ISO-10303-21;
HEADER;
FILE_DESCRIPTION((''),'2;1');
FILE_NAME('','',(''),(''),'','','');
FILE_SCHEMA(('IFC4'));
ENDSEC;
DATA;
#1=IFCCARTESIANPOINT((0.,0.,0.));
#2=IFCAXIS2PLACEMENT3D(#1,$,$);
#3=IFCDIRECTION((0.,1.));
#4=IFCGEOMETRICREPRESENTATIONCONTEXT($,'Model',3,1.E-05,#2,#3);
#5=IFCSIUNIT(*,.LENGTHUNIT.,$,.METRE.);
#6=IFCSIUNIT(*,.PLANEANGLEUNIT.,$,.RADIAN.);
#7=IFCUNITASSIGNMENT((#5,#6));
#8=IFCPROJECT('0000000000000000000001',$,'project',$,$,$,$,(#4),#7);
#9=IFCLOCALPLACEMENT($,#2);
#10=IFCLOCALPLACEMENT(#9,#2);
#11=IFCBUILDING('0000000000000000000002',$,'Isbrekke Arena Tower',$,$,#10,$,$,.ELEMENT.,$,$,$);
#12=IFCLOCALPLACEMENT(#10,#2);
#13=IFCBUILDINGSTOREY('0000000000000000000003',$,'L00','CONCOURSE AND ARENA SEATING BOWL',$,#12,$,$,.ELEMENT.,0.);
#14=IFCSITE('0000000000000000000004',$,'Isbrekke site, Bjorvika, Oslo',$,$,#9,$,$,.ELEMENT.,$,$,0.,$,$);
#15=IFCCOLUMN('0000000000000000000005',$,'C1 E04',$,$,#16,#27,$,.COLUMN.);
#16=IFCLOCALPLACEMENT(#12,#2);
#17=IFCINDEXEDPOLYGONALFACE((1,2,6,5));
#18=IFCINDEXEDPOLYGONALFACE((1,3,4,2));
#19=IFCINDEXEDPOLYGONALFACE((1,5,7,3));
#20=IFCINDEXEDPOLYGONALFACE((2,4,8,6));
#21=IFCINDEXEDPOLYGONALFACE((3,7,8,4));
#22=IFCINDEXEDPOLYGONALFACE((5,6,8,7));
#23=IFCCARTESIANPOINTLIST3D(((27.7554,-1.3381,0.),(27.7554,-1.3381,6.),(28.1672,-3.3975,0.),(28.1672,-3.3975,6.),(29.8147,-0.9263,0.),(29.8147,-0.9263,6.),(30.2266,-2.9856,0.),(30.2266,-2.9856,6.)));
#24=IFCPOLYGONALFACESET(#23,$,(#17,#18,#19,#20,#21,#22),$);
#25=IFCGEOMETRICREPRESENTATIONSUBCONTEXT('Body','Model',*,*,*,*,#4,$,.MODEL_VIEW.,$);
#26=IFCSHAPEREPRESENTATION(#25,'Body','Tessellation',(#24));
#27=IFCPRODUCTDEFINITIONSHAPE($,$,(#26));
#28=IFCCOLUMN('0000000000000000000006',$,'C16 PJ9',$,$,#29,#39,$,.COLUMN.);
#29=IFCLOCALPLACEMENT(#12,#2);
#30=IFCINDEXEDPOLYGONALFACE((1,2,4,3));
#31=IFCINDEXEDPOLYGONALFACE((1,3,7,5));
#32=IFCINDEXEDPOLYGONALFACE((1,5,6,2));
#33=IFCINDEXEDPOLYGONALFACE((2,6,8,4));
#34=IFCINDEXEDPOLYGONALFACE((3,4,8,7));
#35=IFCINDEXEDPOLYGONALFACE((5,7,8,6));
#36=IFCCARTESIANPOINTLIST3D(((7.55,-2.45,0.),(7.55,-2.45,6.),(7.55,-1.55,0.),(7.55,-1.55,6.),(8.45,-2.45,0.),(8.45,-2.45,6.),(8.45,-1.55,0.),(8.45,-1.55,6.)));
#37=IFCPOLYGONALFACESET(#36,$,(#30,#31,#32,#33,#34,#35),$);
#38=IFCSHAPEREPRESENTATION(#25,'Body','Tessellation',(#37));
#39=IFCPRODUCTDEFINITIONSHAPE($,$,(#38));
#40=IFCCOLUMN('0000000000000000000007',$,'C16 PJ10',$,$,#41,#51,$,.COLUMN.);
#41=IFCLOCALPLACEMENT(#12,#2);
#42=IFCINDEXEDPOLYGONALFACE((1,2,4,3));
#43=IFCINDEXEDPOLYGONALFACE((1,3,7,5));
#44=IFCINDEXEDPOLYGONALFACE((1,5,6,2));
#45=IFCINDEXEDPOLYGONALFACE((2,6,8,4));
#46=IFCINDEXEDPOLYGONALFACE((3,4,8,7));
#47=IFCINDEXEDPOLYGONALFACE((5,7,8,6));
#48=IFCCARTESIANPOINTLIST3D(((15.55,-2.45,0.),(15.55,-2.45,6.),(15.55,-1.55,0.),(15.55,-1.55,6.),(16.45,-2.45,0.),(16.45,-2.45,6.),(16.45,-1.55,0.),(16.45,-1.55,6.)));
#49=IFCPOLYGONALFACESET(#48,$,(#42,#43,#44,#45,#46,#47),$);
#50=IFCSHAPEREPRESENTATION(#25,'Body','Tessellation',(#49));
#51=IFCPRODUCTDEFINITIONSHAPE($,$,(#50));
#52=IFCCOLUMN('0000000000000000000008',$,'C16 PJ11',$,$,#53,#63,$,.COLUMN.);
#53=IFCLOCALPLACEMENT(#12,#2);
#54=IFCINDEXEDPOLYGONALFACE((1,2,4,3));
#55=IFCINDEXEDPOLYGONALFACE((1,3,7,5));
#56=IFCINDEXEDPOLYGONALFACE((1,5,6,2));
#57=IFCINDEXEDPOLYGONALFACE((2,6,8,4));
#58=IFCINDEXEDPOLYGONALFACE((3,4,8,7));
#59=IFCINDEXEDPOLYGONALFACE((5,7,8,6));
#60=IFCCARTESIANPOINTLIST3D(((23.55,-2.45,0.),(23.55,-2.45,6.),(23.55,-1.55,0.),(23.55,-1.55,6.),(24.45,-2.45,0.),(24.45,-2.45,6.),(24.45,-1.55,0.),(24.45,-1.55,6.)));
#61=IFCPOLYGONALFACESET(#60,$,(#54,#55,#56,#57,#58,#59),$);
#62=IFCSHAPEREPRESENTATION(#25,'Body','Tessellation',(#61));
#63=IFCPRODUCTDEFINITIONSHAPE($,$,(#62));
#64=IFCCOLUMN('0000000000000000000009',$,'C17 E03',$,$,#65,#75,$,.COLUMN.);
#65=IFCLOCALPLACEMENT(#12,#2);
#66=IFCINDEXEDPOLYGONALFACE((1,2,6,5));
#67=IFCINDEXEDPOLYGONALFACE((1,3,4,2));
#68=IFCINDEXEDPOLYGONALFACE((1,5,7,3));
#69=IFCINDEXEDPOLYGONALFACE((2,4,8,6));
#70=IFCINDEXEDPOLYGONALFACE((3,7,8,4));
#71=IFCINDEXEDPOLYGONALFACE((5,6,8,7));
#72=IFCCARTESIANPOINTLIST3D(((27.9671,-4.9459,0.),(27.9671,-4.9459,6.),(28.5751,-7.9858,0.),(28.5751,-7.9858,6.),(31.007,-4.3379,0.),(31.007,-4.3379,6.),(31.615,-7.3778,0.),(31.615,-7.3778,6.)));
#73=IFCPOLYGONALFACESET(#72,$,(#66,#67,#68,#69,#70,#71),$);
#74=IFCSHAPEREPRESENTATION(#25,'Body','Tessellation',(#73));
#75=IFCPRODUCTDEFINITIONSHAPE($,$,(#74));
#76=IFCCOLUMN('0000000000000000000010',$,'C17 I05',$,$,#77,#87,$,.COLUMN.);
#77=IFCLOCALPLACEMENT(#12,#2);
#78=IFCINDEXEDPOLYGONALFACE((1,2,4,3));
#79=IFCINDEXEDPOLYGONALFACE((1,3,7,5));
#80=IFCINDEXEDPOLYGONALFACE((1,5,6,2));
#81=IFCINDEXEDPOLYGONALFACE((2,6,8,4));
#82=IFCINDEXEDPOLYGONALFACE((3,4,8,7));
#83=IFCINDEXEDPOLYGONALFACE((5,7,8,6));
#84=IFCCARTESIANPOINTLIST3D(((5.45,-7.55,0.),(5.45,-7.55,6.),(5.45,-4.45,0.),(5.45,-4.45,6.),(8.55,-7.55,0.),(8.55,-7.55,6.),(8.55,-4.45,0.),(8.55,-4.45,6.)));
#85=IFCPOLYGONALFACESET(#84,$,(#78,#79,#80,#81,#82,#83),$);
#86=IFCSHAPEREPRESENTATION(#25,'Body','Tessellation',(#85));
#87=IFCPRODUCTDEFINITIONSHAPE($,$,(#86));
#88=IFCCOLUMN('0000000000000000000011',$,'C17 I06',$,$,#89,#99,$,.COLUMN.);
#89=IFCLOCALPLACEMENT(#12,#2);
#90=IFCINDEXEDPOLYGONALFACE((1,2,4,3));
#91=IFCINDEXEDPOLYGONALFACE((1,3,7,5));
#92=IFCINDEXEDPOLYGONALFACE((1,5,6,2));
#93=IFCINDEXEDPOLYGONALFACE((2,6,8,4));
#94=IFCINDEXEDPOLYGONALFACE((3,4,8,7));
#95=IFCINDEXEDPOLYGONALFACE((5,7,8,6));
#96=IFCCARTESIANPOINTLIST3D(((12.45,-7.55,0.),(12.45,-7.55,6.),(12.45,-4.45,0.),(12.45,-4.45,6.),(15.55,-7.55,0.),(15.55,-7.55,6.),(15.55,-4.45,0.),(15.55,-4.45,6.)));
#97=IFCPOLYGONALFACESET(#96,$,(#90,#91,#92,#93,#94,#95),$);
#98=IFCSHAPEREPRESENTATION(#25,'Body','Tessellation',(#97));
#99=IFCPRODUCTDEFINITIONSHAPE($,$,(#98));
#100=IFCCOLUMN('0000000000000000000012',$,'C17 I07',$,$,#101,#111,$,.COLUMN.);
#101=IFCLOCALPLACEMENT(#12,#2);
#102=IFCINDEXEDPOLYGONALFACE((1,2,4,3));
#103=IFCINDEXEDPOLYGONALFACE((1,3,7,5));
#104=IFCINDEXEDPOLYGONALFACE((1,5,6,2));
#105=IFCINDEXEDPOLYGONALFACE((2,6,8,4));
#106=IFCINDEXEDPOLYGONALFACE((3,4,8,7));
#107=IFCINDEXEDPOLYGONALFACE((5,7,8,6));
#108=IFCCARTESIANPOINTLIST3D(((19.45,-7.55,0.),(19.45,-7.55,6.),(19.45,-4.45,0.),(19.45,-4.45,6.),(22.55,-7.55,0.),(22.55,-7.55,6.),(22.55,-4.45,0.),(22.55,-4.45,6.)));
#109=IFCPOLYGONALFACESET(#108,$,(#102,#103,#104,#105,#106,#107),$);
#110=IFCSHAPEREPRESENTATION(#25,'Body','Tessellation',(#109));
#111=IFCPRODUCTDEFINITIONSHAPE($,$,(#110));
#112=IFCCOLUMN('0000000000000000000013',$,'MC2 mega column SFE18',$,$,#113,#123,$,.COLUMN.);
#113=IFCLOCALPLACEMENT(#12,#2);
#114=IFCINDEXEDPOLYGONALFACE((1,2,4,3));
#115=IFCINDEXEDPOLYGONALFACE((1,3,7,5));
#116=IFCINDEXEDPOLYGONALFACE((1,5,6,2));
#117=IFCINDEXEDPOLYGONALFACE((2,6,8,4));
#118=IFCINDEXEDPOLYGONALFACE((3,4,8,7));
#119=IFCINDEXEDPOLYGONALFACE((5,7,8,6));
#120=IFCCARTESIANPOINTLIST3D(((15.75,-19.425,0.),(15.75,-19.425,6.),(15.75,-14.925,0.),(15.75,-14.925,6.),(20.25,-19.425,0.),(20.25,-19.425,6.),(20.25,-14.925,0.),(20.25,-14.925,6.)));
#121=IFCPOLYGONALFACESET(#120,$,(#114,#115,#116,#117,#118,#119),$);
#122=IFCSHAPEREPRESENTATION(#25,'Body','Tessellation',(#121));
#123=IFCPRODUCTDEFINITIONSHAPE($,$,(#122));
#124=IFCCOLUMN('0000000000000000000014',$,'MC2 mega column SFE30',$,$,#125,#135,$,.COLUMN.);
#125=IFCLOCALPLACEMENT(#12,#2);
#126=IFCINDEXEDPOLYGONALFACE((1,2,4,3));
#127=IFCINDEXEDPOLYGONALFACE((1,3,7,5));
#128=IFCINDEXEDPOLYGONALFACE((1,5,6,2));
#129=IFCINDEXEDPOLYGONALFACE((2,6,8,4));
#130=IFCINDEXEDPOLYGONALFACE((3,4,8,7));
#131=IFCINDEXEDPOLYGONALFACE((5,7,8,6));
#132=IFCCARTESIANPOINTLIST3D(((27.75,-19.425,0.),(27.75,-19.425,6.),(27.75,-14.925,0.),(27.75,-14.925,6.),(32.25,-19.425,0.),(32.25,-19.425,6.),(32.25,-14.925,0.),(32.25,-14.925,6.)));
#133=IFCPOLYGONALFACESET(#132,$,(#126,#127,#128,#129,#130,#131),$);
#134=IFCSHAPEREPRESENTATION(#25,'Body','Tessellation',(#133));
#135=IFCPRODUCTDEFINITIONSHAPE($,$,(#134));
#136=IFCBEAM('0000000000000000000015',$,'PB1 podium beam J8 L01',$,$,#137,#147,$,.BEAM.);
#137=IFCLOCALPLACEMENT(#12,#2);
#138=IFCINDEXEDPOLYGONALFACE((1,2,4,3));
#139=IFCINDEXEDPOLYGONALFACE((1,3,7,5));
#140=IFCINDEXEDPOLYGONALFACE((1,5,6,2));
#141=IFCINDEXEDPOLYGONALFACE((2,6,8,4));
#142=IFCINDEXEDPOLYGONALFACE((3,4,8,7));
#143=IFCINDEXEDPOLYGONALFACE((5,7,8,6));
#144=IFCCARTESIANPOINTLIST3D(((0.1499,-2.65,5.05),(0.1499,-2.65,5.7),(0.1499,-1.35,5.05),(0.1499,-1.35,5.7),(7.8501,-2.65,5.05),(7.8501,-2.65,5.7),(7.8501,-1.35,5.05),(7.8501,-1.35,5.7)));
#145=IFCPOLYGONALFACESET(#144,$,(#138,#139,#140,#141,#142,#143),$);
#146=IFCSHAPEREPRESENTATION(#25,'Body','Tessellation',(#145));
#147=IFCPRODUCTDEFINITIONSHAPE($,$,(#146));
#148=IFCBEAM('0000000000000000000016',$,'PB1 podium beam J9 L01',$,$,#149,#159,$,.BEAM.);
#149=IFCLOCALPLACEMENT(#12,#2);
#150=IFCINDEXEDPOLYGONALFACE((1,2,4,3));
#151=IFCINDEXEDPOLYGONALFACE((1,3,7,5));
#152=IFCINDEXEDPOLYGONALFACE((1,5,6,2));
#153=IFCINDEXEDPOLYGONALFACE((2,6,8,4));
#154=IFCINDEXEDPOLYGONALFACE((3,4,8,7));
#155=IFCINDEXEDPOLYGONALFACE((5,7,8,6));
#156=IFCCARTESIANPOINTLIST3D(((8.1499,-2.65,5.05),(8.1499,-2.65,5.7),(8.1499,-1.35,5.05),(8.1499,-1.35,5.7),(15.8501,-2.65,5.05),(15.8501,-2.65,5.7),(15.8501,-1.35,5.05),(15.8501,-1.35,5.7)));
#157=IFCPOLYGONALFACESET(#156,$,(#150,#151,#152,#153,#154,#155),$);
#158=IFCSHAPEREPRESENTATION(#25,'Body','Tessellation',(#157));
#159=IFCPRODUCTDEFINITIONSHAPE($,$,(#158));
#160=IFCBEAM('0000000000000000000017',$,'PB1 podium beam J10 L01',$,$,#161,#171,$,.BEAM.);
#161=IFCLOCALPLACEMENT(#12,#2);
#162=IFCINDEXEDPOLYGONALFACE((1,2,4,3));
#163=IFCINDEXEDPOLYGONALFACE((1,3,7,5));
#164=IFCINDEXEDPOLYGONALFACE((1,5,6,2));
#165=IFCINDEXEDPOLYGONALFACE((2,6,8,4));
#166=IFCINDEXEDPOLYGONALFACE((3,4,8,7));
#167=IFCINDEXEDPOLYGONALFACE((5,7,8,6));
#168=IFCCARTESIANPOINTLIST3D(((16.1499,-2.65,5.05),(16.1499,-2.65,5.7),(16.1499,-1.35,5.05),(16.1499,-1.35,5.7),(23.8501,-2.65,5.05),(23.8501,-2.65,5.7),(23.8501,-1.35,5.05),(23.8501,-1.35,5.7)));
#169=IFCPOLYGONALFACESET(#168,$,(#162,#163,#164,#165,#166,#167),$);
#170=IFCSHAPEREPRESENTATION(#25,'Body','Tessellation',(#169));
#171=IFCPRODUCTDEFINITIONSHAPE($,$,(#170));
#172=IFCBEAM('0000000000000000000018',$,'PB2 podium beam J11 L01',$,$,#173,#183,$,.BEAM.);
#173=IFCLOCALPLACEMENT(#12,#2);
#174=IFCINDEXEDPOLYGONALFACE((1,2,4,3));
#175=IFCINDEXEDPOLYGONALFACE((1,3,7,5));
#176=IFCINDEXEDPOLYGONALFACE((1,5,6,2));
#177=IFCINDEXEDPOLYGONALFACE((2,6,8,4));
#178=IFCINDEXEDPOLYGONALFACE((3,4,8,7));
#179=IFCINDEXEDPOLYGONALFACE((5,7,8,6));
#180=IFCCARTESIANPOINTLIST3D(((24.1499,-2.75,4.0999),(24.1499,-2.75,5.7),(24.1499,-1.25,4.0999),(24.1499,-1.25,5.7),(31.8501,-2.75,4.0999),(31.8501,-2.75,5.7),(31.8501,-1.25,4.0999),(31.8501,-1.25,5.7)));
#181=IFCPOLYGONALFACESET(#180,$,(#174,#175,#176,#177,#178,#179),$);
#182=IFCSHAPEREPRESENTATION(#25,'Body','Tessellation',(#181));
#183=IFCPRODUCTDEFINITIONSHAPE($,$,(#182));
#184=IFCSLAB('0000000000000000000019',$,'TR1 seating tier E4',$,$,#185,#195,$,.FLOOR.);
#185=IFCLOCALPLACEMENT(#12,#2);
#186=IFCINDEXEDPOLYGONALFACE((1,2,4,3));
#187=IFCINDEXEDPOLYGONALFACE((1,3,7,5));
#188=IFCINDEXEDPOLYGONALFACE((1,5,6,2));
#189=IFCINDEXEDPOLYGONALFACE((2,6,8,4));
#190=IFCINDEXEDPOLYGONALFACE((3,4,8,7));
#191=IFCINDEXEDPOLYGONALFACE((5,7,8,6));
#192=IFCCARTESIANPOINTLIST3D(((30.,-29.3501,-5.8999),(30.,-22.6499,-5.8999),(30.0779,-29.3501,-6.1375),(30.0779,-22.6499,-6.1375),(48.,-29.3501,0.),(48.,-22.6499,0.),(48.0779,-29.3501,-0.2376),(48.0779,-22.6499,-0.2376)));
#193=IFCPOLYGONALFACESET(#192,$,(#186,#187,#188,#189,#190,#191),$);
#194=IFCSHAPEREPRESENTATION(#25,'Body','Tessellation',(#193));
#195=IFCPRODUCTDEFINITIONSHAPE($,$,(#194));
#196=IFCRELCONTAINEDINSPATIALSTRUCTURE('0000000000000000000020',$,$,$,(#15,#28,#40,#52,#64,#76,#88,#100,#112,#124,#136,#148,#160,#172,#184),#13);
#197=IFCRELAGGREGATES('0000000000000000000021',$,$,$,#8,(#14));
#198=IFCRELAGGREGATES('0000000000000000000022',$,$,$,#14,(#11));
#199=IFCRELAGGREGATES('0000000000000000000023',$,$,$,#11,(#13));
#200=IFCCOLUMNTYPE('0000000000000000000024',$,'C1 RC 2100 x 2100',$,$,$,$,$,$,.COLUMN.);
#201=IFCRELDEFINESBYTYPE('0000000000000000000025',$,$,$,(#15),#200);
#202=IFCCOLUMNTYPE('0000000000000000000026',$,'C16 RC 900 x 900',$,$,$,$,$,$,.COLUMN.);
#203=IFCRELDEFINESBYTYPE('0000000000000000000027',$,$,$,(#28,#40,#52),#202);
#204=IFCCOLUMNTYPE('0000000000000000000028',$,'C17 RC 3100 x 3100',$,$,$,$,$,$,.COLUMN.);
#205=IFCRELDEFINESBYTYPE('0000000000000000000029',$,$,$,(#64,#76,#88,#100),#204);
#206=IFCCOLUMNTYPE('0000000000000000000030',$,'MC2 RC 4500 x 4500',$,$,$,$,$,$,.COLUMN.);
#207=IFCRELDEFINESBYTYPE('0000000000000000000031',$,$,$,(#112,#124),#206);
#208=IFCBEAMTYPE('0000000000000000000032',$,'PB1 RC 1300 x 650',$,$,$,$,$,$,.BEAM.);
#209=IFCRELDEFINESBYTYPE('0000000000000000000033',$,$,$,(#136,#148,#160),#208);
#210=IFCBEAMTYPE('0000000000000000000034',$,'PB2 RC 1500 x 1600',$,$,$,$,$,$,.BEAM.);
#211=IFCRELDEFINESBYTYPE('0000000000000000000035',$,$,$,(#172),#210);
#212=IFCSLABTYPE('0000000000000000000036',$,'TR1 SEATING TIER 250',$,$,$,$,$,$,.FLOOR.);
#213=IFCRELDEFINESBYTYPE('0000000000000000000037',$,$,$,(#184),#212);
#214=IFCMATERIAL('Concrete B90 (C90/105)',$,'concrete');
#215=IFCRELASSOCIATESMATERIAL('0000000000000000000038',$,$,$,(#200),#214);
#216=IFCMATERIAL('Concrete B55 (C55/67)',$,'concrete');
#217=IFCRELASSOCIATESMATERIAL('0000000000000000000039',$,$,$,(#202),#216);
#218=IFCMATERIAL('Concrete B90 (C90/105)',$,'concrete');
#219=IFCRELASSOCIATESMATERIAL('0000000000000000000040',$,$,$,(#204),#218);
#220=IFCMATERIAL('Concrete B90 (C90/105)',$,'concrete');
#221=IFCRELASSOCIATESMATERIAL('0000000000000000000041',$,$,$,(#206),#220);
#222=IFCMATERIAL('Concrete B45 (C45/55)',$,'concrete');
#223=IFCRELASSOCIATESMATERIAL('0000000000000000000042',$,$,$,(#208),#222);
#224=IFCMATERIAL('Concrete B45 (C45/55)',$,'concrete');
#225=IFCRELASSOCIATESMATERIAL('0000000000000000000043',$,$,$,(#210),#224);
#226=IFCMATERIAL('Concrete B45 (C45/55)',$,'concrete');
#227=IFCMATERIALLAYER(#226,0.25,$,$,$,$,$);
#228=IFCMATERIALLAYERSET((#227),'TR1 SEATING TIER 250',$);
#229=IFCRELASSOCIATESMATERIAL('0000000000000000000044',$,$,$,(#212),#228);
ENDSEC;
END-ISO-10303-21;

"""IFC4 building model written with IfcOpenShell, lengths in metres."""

from ifc_helpers import new_model, si_unit, direction, frame, origin, origin_2d, place, context, subcontext, project, spatial, polyline, rectangle, outline, extrude, material, layer, layer_set, material_profile, profile_set, type_object, element, save


model = new_model("IFC4")

# Units and contexts
model_context = context("Model", 3, precision=1e-05, world=origin(), true_north=direction((0.0, 1.0)))
body_context = subcontext(model_context, "Body", "Model", "MODEL_VIEW")
ifc_project = project(units=[si_unit("LENGTHUNIT", "METRE"), si_unit("PLANEANGLEUNIT", "RADIAN")], contexts=[model_context])

# Site, building, storey
site_placement = place(None, origin())
site = spatial("IfcSite", under=ifc_project, at=site_placement, Name="Isbrekke site, Bjorvika, Oslo", CompositionType="ELEMENT", RefElevation=0.0)
building_placement = place(site_placement, origin())
building = spatial("IfcBuilding", under=site, at=building_placement, Name="Isbrekke Arena Tower", CompositionType="ELEMENT")
storey_placement = place(building_placement, origin())
storey = spatial("IfcBuildingStorey", under=building, at=storey_placement, Name="L00", Description="CONCOURSE AND ARENA SEATING BOWL", CompositionType="ELEMENT", Elevation=0.0)

# Columns
ifc_material_1 = material(Name="Concrete B90 (C90/105)", Category="concrete")
ifc_material_profile_1 = material_profile(ifc_material_1, rectangle(XDim=2.1001, YDim=2.1001, at=origin_2d()), Name="RC 2100x2100")
ifc_profile_set_1 = profile_set([ifc_material_profile_1], Name="Concrete B90 (C90/105)")
column_type_1 = type_object("IfcColumnType", Name="C1 RC 2100 x 2100", PredefinedType="COLUMN", material=ifc_profile_set_1)
column_placement = place(storey_placement, frame((28.991, -2.1619, 0.0), z_axis=(0.0, 0.0, 1.0), x_axis=(-0.196116, 0.980581, 0.0)))
element("IfcColumn", 1, at=column_placement, inside=storey, type_object=column_type_1, Name="C1 E04", PredefinedType="COLUMN", context=body_context, shape_type="SweptSolid", body=[
    extrude(rectangle(XDim=2.1001, YDim=2.1001, at=origin_2d()), origin(), (0.0, 0.0, 1.0), 6.0),
])
ifc_material_2 = material(Name="Concrete B55 (C55/67)", Category="concrete")
ifc_material_profile_2 = material_profile(ifc_material_2, rectangle(XDim=0.8999, YDim=0.8999, at=origin_2d()), Name="RC 900x900")
ifc_profile_set_2 = profile_set([ifc_material_profile_2], Name="Concrete B55 (C55/67)")
column_type_2 = type_object("IfcColumnType", Name="C16 RC 900 x 900", PredefinedType="COLUMN", material=ifc_profile_set_2)
for number, where, z_axis, x_axis, name in (
    (2, (8.0, -2.0, 0.0), (0.0, 0.0, 1.0), (1.0, 0.0, 0.0), "C16 PJ9"),
    (3, (16.0, -2.0, 0.0), (0.0, 0.0, 1.0), (1.0, 0.0, 0.0), "C16 PJ10"),
    (4, (24.0, -2.0, 0.0), (0.0, 0.0, 1.0), (1.0, 0.0, 0.0), "C16 PJ11"),
):
    element("IfcColumn", number, at=place(storey_placement, frame(where, z_axis=z_axis, x_axis=x_axis)), inside=storey, type_object=column_type_2, Name=name, PredefinedType="COLUMN", context=body_context, shape_type="SweptSolid", body=[
        extrude(rectangle(XDim=0.8999, YDim=0.8999, at=origin_2d()), origin(), (0.0, 0.0, 1.0), 6.0),
    ])
ifc_material_3 = material(Name="Concrete B90 (C90/105)", Category="concrete")
ifc_material_profile_3 = material_profile(ifc_material_3, rectangle(XDim=3.1001, YDim=3.1001, at=origin_2d()), Name="RC 3100x3100")
ifc_profile_set_3 = profile_set([ifc_material_profile_3], Name="Concrete B90 (C90/105)")
column_type_3 = type_object("IfcColumnType", Name="C17 RC 3100 x 3100", PredefinedType="COLUMN", material=ifc_profile_set_3)
for number, where, z_axis, x_axis, name in (
    (5, (29.791, -6.1619, 0.0), (0.0, 0.0, 1.0), (-0.196116, 0.980581, 0.0), "C17 E03"),
    (6, (7.0, -6.0, 0.0), (0.0, 0.0, 1.0), (1.0, 0.0, 0.0), "C17 I05"),
    (7, (14.0, -6.0, 0.0), (0.0, 0.0, 1.0), (1.0, 0.0, 0.0), "C17 I06"),
    (8, (21.0, -6.0, 0.0), (0.0, 0.0, 1.0), (1.0, 0.0, 0.0), "C17 I07"),
):
    element("IfcColumn", number, at=place(storey_placement, frame(where, z_axis=z_axis, x_axis=x_axis)), inside=storey, type_object=column_type_3, Name=name, PredefinedType="COLUMN", context=body_context, shape_type="SweptSolid", body=[
        extrude(rectangle(XDim=3.1001, YDim=3.1001, at=origin_2d()), origin(), (0.0, 0.0, 1.0), 6.0),
    ])
ifc_material_4 = material(Name="Concrete B90 (C90/105)", Category="concrete")
ifc_material_profile_4 = material_profile(ifc_material_4, rectangle(XDim=4.5, YDim=4.5, at=origin_2d()), Name="RC 4500x4500")
ifc_profile_set_4 = profile_set([ifc_material_profile_4], Name="Concrete B90 (C90/105)")
column_type_4 = type_object("IfcColumnType", Name="MC2 RC 4500 x 4500", PredefinedType="COLUMN", material=ifc_profile_set_4)
for number, where, z_axis, x_axis, name in (
    (9, (18.0, -17.175, 0.0), (0.0, 0.0, 1.0), (1.0, 0.0, 0.0), "MC2 mega column SFE18"),
    (10, (30.0, -17.175, 0.0), (0.0, 0.0, 1.0), (1.0, 0.0, 0.0), "MC2 mega column SFE30"),
):
    element("IfcColumn", number, at=place(storey_placement, frame(where, z_axis=z_axis, x_axis=x_axis)), inside=storey, type_object=column_type_4, Name=name, PredefinedType="COLUMN", context=body_context, shape_type="SweptSolid", body=[
        extrude(rectangle(XDim=4.5, YDim=4.5, at=origin_2d()), origin(), (0.0, 0.0, 1.0), 6.0),
    ])

# Beams
ifc_material_5 = material(Name="Concrete B45 (C45/55)", Category="concrete")
ifc_material_profile_5 = material_profile(ifc_material_5, rectangle(XDim=1.3, YDim=0.6499, at=origin_2d()), Name="RC 1300x650")
ifc_profile_set_5 = profile_set([ifc_material_profile_5], Name="Concrete B45 (C45/55)")
beam_type_1 = type_object("IfcBeamType", Name="PB1 RC 1300 x 650", PredefinedType="BEAM", material=ifc_profile_set_5)
for number, where, z_axis, x_axis, name in (
    (11, (0.1499, -2.0, 5.375), (1.0, 0.0, 0.0), (0.0, 1.0, 0.0), "PB1 podium beam J8 L01"),
    (12, (8.1499, -2.0, 5.375), (1.0, 0.0, 0.0), (0.0, 1.0, 0.0), "PB1 podium beam J9 L01"),
    (13, (16.1499, -2.0, 5.375), (1.0, 0.0, 0.0), (0.0, 1.0, 0.0), "PB1 podium beam J10 L01"),
):
    element("IfcBeam", number, at=place(storey_placement, frame(where, z_axis=z_axis, x_axis=x_axis)), inside=storey, type_object=beam_type_1, Name=name, PredefinedType="BEAM", context=body_context, shape_type="SweptSolid", body=[
        extrude(rectangle(XDim=1.3, YDim=0.6499, at=origin_2d()), origin(), (0.0, 0.0, 1.0), 7.7002),
    ])
ifc_material_6 = material(Name="Concrete B45 (C45/55)", Category="concrete")
ifc_material_profile_6 = material_profile(ifc_material_6, rectangle(XDim=1.5, YDim=1.6001, at=origin_2d()), Name="RC 1500x1600")
ifc_profile_set_6 = profile_set([ifc_material_profile_6], Name="Concrete B45 (C45/55)")
beam_type_2 = type_object("IfcBeamType", Name="PB2 RC 1500 x 1600", PredefinedType="BEAM", material=ifc_profile_set_6)
beam_placement = place(storey_placement, frame((24.1499, -2.0, 4.8999), z_axis=(1.0, 0.0, 0.0), x_axis=(0.0, 1.0, 0.0)))
element("IfcBeam", 14, at=beam_placement, inside=storey, type_object=beam_type_2, Name="PB2 podium beam J11 L01", PredefinedType="BEAM", context=body_context, shape_type="SweptSolid", body=[
    extrude(rectangle(XDim=1.5, YDim=1.6001, at=origin_2d()), origin(), (0.0, 0.0, 1.0), 7.7002),
])

# Slab
ifc_material_7 = material(Name="Concrete B45 (C45/55)", Category="concrete")
ifc_layer_1 = layer(ifc_material_7, 0.25)
ifc_layer_set_1 = layer_set([ifc_layer_1], Name="TR1 SEATING TIER 250")
slab_type = type_object("IfcSlabType", Name="TR1 SEATING TIER 250", PredefinedType="FLOOR", material=ifc_layer_set_1)
slab_1_placement = place(storey_placement, frame((30.0, -29.3501, -5.8999), z_axis=(-0.311468, 0.0, 0.950257), x_axis=(0.950257, 0.0, 0.311468)))
element("IfcSlab", 15, at=slab_1_placement, inside=storey, type_object=slab_type, Name="TR1 seating tier E4", PredefinedType="FLOOR", context=body_context, shape_type="SweptSolid", body=[
    extrude(outline(polyline([(0.0, 0.0), (18.9423, 0.0), (18.9423, 6.7002), (0.0, 6.7002), (0.0, 0.0)])), origin(), (0.0, 0.0, -1.0), 0.25),
])

save(model, "model.ifc")
